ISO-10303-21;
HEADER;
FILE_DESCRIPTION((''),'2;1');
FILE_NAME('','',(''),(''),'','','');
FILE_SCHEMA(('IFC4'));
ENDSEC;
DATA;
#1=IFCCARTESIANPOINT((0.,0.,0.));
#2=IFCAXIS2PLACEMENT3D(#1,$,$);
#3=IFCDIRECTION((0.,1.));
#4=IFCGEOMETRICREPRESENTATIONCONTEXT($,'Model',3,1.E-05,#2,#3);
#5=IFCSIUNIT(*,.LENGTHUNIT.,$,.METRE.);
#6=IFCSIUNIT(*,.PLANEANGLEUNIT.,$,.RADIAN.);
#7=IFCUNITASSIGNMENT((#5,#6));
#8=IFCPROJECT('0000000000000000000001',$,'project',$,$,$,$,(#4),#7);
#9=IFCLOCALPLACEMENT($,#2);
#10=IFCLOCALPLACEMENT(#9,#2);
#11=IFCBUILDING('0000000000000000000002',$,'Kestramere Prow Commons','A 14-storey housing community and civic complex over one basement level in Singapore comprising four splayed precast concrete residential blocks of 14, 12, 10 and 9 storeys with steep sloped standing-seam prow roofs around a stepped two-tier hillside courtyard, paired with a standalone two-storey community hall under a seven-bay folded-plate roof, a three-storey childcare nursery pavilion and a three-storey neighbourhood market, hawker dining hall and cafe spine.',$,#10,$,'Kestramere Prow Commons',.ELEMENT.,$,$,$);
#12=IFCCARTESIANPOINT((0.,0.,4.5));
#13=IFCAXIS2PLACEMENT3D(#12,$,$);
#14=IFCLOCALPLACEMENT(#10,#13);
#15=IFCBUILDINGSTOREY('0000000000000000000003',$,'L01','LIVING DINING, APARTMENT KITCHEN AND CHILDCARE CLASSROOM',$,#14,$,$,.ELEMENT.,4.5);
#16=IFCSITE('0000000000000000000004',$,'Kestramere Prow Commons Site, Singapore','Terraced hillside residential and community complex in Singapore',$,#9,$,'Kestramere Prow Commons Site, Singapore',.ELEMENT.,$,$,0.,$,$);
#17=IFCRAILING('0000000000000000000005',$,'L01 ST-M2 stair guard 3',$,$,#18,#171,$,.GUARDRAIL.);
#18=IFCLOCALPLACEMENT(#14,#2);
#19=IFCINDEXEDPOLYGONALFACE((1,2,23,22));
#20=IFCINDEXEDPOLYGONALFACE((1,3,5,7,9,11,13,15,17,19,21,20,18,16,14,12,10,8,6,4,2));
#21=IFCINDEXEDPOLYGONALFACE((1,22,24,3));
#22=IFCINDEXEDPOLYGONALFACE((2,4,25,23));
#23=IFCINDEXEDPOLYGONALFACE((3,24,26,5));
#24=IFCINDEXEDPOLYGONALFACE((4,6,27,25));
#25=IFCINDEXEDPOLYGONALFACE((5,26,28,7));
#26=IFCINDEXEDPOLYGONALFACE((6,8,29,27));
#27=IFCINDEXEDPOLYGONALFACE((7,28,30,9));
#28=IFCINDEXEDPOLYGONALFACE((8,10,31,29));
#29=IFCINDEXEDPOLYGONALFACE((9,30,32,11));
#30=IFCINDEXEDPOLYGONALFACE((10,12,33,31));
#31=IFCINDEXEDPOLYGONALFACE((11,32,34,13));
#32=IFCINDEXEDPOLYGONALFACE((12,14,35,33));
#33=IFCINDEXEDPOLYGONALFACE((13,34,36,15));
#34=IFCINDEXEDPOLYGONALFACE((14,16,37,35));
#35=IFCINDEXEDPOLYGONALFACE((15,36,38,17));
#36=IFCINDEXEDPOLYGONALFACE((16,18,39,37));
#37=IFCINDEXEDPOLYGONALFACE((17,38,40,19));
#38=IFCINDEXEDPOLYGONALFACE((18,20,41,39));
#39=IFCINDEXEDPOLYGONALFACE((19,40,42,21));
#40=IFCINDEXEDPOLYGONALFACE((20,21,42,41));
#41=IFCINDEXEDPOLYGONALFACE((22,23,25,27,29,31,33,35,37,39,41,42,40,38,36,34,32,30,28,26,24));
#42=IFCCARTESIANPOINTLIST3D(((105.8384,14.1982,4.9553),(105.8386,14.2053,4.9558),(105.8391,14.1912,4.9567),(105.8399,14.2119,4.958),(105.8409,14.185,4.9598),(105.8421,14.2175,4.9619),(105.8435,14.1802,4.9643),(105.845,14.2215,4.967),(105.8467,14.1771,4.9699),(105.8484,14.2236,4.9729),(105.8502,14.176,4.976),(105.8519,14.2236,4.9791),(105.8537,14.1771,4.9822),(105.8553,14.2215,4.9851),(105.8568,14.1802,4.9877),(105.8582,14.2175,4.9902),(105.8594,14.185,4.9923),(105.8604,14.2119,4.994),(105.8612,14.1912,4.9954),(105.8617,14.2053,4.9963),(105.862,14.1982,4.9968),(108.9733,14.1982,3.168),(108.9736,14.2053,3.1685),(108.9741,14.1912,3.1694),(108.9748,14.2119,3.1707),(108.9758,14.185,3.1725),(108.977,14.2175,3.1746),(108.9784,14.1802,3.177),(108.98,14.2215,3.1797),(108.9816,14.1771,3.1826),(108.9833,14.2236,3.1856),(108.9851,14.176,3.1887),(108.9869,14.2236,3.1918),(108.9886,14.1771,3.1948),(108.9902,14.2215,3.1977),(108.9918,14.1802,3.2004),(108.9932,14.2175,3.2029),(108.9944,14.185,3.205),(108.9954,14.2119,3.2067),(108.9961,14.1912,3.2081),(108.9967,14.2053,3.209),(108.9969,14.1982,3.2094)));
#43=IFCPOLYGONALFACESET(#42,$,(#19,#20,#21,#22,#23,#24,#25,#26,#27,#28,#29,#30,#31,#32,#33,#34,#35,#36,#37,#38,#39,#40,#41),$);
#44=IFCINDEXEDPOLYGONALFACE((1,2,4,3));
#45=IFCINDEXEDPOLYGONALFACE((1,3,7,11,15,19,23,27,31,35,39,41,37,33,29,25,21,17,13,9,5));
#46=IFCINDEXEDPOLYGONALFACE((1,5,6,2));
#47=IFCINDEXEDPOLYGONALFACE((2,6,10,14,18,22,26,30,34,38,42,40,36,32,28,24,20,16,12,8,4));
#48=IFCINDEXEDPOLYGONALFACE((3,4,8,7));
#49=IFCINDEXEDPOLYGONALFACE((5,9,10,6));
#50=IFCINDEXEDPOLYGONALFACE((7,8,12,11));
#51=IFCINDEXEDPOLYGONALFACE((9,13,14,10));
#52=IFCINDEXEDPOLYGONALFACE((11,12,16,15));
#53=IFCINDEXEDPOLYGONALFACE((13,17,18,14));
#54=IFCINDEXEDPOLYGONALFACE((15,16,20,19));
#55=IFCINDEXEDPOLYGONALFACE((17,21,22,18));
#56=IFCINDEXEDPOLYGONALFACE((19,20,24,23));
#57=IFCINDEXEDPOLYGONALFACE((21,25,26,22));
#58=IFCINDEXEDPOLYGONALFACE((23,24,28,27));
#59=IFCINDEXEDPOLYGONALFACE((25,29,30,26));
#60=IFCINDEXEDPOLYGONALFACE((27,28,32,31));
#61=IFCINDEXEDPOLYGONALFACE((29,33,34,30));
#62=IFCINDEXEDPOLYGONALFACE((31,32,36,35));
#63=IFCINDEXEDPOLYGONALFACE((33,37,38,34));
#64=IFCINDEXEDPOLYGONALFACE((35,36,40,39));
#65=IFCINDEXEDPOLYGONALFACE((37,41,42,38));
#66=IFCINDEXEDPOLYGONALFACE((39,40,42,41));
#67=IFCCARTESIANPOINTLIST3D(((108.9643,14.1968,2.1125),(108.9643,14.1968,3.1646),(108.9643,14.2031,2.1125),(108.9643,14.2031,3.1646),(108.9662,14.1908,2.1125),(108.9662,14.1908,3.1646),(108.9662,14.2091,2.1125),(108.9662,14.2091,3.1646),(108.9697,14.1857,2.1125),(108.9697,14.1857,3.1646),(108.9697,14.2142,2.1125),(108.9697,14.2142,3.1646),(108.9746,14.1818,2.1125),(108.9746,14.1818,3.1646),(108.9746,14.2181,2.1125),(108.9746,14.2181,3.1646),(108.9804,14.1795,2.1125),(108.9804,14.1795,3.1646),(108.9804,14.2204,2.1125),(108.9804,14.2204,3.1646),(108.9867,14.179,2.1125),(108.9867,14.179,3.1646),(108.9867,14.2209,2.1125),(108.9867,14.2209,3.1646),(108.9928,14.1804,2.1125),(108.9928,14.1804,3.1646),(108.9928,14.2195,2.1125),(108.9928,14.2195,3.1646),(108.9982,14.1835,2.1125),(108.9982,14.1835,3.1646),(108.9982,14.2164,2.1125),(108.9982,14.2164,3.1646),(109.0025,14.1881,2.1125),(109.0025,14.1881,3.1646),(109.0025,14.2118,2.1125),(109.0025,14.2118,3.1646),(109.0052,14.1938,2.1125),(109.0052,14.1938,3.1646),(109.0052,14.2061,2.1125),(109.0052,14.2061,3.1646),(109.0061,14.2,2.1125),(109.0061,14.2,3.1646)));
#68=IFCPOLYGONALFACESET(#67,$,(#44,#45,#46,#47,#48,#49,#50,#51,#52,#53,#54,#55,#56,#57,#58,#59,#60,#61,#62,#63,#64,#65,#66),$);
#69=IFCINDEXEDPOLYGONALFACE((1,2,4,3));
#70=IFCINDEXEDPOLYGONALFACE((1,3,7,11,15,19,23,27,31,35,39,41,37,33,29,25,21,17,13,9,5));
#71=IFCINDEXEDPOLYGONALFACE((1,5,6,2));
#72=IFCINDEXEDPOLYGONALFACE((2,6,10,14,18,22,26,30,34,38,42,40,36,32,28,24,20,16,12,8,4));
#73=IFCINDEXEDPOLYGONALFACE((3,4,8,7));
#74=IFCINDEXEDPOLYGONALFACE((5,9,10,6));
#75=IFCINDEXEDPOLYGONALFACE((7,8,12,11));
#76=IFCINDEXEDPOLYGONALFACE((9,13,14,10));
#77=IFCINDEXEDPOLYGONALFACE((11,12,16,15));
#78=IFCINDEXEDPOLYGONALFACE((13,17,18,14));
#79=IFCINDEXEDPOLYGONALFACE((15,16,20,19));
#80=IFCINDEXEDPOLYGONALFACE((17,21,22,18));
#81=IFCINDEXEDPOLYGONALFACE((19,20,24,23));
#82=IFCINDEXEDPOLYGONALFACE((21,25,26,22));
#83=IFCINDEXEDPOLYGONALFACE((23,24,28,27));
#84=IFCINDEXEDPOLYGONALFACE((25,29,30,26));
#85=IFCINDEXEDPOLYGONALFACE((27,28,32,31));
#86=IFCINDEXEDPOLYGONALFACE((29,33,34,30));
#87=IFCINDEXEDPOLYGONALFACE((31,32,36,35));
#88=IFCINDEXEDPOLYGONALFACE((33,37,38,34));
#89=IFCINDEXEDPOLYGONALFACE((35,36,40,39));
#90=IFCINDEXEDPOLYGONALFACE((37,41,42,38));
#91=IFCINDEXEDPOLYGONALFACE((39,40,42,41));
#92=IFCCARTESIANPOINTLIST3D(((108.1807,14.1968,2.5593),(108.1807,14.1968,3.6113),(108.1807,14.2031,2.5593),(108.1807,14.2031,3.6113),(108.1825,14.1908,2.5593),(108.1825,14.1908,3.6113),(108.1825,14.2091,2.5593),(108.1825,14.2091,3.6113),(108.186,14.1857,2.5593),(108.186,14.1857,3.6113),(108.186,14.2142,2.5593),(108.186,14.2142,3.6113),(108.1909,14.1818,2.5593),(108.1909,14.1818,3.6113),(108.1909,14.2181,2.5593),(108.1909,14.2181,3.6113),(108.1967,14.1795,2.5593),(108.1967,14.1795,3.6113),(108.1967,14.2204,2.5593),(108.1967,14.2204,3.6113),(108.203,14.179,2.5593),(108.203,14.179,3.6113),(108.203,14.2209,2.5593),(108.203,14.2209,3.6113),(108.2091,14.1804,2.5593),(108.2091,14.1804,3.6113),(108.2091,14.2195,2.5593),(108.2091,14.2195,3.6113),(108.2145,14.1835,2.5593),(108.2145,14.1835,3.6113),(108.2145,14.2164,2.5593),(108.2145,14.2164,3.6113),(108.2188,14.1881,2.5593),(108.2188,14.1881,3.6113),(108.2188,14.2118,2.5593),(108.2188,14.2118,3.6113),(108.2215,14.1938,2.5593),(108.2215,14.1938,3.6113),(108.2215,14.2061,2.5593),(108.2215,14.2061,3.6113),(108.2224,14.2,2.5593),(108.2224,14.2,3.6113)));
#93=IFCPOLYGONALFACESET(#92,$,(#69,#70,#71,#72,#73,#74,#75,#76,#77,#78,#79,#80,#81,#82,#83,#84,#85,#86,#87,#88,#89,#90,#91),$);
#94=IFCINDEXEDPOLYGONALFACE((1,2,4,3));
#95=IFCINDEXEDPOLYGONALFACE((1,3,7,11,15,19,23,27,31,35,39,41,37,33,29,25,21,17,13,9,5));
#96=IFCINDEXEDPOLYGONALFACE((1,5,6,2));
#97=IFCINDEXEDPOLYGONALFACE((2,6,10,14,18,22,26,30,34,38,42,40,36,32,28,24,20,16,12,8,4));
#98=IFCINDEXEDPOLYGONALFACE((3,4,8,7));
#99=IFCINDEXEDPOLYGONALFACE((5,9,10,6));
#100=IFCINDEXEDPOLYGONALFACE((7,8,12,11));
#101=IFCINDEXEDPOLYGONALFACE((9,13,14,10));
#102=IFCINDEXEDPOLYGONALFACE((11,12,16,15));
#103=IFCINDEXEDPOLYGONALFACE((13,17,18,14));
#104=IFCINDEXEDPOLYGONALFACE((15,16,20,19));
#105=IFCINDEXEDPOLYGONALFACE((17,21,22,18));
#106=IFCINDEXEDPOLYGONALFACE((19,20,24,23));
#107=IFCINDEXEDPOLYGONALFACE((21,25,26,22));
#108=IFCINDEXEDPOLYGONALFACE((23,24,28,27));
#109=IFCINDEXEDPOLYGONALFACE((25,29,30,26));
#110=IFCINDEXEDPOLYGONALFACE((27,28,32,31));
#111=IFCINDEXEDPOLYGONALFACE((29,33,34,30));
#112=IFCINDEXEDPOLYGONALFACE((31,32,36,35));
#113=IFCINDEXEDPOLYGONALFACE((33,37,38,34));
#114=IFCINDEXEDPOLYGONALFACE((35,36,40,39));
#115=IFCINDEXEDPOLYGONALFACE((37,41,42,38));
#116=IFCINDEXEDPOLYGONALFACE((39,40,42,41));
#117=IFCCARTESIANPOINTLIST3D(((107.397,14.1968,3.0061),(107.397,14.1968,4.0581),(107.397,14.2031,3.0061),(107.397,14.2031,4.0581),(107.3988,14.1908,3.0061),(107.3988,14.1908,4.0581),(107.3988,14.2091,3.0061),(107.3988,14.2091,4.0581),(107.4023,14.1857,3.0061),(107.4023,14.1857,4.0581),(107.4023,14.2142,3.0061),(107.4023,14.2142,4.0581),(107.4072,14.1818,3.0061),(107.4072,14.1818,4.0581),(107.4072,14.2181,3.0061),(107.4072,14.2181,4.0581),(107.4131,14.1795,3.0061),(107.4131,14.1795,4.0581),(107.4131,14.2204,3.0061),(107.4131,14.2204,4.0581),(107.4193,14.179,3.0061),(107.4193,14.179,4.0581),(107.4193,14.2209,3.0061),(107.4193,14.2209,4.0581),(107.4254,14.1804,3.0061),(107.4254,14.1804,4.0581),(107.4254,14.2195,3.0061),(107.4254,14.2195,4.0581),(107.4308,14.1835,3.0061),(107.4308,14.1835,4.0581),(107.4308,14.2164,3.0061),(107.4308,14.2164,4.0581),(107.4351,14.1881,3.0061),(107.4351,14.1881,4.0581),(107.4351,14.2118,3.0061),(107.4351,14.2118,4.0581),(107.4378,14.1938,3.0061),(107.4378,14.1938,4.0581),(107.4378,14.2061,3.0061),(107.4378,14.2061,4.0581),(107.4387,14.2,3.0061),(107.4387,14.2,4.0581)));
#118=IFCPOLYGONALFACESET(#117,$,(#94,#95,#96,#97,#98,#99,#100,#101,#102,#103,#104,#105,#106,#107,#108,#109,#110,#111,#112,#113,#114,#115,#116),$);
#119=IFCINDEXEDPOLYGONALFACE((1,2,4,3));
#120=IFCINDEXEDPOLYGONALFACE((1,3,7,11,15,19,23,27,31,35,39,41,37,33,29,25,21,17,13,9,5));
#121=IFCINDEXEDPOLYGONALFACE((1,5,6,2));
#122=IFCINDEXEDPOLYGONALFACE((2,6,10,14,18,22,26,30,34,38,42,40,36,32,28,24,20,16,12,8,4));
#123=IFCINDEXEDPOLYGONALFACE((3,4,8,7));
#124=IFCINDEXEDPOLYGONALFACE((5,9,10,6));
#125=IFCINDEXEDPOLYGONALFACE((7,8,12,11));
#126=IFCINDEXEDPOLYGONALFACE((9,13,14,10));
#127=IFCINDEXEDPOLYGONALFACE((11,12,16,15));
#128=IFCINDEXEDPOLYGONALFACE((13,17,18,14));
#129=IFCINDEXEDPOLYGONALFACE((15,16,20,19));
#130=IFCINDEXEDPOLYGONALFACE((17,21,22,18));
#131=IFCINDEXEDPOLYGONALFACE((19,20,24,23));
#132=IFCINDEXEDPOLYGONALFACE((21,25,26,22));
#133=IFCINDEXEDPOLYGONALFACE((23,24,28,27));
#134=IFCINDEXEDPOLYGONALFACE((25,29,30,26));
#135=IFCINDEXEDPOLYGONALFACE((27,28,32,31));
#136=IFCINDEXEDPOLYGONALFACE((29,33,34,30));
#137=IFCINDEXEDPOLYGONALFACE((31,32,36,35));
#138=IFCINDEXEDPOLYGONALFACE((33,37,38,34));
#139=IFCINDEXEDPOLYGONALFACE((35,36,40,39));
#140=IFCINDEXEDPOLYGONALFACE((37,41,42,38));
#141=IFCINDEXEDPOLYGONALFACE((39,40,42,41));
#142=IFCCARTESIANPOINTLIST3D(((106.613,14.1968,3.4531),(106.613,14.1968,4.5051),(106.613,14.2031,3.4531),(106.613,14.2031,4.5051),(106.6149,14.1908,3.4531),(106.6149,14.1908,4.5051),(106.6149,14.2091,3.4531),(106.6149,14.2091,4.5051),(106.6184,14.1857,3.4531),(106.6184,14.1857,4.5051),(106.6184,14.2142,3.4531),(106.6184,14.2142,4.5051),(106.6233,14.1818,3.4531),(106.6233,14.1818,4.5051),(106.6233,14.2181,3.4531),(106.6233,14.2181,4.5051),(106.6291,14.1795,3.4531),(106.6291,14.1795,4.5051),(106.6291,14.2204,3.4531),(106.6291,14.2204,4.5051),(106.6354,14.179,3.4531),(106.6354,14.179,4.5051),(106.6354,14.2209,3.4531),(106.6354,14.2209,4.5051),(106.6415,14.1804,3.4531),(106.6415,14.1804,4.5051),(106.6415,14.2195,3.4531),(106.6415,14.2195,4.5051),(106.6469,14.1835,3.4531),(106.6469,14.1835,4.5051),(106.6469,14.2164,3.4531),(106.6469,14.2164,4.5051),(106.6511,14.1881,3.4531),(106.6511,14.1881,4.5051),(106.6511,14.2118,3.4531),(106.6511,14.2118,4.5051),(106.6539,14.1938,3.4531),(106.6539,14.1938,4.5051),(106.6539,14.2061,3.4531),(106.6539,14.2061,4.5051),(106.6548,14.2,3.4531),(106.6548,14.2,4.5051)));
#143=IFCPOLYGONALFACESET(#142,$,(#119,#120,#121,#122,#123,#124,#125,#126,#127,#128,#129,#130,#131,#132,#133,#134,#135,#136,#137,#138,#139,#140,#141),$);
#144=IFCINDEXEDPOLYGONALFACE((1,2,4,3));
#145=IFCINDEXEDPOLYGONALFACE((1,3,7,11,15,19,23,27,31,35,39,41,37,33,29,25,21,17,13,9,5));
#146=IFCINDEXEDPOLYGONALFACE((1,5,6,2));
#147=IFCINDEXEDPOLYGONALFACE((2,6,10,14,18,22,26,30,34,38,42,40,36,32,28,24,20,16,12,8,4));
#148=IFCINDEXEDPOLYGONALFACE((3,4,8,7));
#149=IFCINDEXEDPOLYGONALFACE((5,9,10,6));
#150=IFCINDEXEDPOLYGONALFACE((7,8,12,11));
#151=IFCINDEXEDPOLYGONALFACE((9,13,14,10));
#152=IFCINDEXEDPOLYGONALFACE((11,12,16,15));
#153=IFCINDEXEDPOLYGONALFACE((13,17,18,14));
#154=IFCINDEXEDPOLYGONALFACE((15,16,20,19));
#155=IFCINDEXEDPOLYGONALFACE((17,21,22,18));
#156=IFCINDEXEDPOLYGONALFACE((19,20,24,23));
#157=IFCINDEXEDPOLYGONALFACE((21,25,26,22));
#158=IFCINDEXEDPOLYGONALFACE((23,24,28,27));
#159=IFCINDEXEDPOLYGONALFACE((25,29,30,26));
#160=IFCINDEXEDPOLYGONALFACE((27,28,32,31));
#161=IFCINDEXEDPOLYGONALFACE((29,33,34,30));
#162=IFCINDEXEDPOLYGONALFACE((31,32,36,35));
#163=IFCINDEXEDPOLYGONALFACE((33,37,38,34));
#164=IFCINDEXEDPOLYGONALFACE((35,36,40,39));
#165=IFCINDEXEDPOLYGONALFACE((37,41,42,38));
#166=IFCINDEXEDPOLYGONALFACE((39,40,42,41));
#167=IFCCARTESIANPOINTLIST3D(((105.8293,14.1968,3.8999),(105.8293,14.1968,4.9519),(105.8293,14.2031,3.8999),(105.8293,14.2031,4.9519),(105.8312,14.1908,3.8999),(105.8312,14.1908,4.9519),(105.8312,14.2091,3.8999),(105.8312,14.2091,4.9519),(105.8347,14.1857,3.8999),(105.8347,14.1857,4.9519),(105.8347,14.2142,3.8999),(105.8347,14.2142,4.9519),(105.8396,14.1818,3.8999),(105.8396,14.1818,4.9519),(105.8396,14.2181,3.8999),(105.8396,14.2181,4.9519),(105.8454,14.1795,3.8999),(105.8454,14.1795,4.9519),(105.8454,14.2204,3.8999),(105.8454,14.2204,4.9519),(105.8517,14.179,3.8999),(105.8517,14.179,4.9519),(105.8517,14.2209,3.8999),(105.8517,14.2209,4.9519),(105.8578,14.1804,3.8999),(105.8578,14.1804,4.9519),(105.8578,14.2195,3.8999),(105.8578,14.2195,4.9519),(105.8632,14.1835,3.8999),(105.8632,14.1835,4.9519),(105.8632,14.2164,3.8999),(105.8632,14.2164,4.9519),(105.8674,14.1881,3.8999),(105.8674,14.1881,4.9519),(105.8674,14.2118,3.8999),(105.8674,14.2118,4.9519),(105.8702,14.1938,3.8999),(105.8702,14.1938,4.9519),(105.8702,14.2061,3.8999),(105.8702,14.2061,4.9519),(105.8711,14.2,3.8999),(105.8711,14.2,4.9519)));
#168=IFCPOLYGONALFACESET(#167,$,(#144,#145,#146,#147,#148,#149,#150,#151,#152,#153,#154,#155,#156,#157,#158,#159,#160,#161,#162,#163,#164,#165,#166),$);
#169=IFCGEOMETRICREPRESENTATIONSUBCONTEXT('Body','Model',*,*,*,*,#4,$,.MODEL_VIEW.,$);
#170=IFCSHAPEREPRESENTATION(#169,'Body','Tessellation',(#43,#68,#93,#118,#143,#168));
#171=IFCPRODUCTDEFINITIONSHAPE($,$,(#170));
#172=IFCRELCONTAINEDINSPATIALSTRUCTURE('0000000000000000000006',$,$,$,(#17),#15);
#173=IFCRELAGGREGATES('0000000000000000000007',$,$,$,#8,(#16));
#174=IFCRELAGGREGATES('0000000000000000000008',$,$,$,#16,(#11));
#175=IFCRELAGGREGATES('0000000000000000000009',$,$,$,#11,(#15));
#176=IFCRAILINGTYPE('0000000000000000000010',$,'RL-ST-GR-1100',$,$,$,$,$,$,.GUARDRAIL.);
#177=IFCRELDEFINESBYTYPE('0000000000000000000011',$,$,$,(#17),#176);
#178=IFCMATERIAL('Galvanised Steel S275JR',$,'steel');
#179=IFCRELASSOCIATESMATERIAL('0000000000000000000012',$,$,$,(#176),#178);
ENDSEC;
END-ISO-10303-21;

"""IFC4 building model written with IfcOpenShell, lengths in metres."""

from ifc_helpers import new_model, si_unit, direction, frame, origin, origin_2d, place, context, subcontext, project, spatial, circle, extrude, material, type_object, element, save


model = new_model("IFC4")

# Units and contexts
model_context = context("Model", 3, precision=1e-05, world=origin(), true_north=direction((0.0, 1.0)))
body_context = subcontext(model_context, "Body", "Model", "MODEL_VIEW")
ifc_project = project(units=[si_unit("LENGTHUNIT", "METRE"), si_unit("PLANEANGLEUNIT", "RADIAN")], contexts=[model_context])

# Site, building, storey
site_placement = place(None, origin())
site = spatial("IfcSite", under=ifc_project, at=site_placement, Name="Kestramere Prow Commons Site, Singapore", Description="Terraced hillside residential and community complex in Singapore", LongName="Kestramere Prow Commons Site, Singapore", CompositionType="ELEMENT", RefElevation=0.0)
building_placement = place(site_placement, origin())
building = spatial("IfcBuilding", under=site, at=building_placement, Name="Kestramere Prow Commons", Description="A 14-storey housing community and civic complex over one basement level in Singapore comprising four splayed precast concrete residential blocks of 14, 12, 10 and 9 storeys with steep sloped standing-seam prow roofs around a stepped two-tier hillside courtyard, paired with a standalone two-storey community hall under a seven-bay folded-plate roof, a three-storey childcare nursery pavilion and a three-storey neighbourhood market, hawker dining hall and cafe spine.", LongName="Kestramere Prow Commons", CompositionType="ELEMENT")
storey_placement = place(building_placement, frame((0.0, 0.0, 4.5)))
storey = spatial("IfcBuildingStorey", under=building, at=storey_placement, Name="L01", Description="LIVING DINING, APARTMENT KITCHEN AND CHILDCARE CLASSROOM", CompositionType="ELEMENT", Elevation=4.5)

# Railing
ifc_material_1 = material(Name="Galvanised Steel S275JR", Category="steel")
railing_type_1 = type_object("IfcRailingType", Name="RL-ST-GR-1100", PredefinedType="GUARDRAIL", material=ifc_material_1)
railing_1_placement = place(storey_placement, frame((108.9851, 14.2, 2.1125)))
element("IfcRailing", 1, at=railing_1_placement, inside=storey, type_object=railing_type_1, Name="L01 ST-M2 stair guard 3", PredefinedType="GUARDRAIL", context=body_context, shape_type="SweptSolid", body=[
    extrude(circle(Radius=0.0239, at=origin_2d()), frame((0.0, 0.0, 1.0762), z_axis=(-0.86873, 0.0, 0.495286), x_axis=(0.0, -1.0, 0.0)), (0.0, 0.0, 1.0), 3.6086),
    extrude(circle(Radius=0.021, at=origin_2d()), origin(), (0.0, 0.0, 1.0), 1.052),
    extrude(circle(Radius=0.021, at=origin_2d()), frame((-0.7837, 0.0, 0.4468)), (0.0, 0.0, 1.0), 1.052),
    extrude(circle(Radius=0.021, at=origin_2d()), frame((-1.5674, 0.0, 0.8936)), (0.0, 0.0, 1.0), 1.052),
    extrude(circle(Radius=0.021, at=origin_2d()), frame((-2.3513, 0.0, 1.3406)), (0.0, 0.0, 1.0), 1.052),
    extrude(circle(Radius=0.021, at=origin_2d()), frame((-3.135, 0.0, 1.7874)), (0.0, 0.0, 1.0), 1.052),
])

save(model, "model.ifc")
